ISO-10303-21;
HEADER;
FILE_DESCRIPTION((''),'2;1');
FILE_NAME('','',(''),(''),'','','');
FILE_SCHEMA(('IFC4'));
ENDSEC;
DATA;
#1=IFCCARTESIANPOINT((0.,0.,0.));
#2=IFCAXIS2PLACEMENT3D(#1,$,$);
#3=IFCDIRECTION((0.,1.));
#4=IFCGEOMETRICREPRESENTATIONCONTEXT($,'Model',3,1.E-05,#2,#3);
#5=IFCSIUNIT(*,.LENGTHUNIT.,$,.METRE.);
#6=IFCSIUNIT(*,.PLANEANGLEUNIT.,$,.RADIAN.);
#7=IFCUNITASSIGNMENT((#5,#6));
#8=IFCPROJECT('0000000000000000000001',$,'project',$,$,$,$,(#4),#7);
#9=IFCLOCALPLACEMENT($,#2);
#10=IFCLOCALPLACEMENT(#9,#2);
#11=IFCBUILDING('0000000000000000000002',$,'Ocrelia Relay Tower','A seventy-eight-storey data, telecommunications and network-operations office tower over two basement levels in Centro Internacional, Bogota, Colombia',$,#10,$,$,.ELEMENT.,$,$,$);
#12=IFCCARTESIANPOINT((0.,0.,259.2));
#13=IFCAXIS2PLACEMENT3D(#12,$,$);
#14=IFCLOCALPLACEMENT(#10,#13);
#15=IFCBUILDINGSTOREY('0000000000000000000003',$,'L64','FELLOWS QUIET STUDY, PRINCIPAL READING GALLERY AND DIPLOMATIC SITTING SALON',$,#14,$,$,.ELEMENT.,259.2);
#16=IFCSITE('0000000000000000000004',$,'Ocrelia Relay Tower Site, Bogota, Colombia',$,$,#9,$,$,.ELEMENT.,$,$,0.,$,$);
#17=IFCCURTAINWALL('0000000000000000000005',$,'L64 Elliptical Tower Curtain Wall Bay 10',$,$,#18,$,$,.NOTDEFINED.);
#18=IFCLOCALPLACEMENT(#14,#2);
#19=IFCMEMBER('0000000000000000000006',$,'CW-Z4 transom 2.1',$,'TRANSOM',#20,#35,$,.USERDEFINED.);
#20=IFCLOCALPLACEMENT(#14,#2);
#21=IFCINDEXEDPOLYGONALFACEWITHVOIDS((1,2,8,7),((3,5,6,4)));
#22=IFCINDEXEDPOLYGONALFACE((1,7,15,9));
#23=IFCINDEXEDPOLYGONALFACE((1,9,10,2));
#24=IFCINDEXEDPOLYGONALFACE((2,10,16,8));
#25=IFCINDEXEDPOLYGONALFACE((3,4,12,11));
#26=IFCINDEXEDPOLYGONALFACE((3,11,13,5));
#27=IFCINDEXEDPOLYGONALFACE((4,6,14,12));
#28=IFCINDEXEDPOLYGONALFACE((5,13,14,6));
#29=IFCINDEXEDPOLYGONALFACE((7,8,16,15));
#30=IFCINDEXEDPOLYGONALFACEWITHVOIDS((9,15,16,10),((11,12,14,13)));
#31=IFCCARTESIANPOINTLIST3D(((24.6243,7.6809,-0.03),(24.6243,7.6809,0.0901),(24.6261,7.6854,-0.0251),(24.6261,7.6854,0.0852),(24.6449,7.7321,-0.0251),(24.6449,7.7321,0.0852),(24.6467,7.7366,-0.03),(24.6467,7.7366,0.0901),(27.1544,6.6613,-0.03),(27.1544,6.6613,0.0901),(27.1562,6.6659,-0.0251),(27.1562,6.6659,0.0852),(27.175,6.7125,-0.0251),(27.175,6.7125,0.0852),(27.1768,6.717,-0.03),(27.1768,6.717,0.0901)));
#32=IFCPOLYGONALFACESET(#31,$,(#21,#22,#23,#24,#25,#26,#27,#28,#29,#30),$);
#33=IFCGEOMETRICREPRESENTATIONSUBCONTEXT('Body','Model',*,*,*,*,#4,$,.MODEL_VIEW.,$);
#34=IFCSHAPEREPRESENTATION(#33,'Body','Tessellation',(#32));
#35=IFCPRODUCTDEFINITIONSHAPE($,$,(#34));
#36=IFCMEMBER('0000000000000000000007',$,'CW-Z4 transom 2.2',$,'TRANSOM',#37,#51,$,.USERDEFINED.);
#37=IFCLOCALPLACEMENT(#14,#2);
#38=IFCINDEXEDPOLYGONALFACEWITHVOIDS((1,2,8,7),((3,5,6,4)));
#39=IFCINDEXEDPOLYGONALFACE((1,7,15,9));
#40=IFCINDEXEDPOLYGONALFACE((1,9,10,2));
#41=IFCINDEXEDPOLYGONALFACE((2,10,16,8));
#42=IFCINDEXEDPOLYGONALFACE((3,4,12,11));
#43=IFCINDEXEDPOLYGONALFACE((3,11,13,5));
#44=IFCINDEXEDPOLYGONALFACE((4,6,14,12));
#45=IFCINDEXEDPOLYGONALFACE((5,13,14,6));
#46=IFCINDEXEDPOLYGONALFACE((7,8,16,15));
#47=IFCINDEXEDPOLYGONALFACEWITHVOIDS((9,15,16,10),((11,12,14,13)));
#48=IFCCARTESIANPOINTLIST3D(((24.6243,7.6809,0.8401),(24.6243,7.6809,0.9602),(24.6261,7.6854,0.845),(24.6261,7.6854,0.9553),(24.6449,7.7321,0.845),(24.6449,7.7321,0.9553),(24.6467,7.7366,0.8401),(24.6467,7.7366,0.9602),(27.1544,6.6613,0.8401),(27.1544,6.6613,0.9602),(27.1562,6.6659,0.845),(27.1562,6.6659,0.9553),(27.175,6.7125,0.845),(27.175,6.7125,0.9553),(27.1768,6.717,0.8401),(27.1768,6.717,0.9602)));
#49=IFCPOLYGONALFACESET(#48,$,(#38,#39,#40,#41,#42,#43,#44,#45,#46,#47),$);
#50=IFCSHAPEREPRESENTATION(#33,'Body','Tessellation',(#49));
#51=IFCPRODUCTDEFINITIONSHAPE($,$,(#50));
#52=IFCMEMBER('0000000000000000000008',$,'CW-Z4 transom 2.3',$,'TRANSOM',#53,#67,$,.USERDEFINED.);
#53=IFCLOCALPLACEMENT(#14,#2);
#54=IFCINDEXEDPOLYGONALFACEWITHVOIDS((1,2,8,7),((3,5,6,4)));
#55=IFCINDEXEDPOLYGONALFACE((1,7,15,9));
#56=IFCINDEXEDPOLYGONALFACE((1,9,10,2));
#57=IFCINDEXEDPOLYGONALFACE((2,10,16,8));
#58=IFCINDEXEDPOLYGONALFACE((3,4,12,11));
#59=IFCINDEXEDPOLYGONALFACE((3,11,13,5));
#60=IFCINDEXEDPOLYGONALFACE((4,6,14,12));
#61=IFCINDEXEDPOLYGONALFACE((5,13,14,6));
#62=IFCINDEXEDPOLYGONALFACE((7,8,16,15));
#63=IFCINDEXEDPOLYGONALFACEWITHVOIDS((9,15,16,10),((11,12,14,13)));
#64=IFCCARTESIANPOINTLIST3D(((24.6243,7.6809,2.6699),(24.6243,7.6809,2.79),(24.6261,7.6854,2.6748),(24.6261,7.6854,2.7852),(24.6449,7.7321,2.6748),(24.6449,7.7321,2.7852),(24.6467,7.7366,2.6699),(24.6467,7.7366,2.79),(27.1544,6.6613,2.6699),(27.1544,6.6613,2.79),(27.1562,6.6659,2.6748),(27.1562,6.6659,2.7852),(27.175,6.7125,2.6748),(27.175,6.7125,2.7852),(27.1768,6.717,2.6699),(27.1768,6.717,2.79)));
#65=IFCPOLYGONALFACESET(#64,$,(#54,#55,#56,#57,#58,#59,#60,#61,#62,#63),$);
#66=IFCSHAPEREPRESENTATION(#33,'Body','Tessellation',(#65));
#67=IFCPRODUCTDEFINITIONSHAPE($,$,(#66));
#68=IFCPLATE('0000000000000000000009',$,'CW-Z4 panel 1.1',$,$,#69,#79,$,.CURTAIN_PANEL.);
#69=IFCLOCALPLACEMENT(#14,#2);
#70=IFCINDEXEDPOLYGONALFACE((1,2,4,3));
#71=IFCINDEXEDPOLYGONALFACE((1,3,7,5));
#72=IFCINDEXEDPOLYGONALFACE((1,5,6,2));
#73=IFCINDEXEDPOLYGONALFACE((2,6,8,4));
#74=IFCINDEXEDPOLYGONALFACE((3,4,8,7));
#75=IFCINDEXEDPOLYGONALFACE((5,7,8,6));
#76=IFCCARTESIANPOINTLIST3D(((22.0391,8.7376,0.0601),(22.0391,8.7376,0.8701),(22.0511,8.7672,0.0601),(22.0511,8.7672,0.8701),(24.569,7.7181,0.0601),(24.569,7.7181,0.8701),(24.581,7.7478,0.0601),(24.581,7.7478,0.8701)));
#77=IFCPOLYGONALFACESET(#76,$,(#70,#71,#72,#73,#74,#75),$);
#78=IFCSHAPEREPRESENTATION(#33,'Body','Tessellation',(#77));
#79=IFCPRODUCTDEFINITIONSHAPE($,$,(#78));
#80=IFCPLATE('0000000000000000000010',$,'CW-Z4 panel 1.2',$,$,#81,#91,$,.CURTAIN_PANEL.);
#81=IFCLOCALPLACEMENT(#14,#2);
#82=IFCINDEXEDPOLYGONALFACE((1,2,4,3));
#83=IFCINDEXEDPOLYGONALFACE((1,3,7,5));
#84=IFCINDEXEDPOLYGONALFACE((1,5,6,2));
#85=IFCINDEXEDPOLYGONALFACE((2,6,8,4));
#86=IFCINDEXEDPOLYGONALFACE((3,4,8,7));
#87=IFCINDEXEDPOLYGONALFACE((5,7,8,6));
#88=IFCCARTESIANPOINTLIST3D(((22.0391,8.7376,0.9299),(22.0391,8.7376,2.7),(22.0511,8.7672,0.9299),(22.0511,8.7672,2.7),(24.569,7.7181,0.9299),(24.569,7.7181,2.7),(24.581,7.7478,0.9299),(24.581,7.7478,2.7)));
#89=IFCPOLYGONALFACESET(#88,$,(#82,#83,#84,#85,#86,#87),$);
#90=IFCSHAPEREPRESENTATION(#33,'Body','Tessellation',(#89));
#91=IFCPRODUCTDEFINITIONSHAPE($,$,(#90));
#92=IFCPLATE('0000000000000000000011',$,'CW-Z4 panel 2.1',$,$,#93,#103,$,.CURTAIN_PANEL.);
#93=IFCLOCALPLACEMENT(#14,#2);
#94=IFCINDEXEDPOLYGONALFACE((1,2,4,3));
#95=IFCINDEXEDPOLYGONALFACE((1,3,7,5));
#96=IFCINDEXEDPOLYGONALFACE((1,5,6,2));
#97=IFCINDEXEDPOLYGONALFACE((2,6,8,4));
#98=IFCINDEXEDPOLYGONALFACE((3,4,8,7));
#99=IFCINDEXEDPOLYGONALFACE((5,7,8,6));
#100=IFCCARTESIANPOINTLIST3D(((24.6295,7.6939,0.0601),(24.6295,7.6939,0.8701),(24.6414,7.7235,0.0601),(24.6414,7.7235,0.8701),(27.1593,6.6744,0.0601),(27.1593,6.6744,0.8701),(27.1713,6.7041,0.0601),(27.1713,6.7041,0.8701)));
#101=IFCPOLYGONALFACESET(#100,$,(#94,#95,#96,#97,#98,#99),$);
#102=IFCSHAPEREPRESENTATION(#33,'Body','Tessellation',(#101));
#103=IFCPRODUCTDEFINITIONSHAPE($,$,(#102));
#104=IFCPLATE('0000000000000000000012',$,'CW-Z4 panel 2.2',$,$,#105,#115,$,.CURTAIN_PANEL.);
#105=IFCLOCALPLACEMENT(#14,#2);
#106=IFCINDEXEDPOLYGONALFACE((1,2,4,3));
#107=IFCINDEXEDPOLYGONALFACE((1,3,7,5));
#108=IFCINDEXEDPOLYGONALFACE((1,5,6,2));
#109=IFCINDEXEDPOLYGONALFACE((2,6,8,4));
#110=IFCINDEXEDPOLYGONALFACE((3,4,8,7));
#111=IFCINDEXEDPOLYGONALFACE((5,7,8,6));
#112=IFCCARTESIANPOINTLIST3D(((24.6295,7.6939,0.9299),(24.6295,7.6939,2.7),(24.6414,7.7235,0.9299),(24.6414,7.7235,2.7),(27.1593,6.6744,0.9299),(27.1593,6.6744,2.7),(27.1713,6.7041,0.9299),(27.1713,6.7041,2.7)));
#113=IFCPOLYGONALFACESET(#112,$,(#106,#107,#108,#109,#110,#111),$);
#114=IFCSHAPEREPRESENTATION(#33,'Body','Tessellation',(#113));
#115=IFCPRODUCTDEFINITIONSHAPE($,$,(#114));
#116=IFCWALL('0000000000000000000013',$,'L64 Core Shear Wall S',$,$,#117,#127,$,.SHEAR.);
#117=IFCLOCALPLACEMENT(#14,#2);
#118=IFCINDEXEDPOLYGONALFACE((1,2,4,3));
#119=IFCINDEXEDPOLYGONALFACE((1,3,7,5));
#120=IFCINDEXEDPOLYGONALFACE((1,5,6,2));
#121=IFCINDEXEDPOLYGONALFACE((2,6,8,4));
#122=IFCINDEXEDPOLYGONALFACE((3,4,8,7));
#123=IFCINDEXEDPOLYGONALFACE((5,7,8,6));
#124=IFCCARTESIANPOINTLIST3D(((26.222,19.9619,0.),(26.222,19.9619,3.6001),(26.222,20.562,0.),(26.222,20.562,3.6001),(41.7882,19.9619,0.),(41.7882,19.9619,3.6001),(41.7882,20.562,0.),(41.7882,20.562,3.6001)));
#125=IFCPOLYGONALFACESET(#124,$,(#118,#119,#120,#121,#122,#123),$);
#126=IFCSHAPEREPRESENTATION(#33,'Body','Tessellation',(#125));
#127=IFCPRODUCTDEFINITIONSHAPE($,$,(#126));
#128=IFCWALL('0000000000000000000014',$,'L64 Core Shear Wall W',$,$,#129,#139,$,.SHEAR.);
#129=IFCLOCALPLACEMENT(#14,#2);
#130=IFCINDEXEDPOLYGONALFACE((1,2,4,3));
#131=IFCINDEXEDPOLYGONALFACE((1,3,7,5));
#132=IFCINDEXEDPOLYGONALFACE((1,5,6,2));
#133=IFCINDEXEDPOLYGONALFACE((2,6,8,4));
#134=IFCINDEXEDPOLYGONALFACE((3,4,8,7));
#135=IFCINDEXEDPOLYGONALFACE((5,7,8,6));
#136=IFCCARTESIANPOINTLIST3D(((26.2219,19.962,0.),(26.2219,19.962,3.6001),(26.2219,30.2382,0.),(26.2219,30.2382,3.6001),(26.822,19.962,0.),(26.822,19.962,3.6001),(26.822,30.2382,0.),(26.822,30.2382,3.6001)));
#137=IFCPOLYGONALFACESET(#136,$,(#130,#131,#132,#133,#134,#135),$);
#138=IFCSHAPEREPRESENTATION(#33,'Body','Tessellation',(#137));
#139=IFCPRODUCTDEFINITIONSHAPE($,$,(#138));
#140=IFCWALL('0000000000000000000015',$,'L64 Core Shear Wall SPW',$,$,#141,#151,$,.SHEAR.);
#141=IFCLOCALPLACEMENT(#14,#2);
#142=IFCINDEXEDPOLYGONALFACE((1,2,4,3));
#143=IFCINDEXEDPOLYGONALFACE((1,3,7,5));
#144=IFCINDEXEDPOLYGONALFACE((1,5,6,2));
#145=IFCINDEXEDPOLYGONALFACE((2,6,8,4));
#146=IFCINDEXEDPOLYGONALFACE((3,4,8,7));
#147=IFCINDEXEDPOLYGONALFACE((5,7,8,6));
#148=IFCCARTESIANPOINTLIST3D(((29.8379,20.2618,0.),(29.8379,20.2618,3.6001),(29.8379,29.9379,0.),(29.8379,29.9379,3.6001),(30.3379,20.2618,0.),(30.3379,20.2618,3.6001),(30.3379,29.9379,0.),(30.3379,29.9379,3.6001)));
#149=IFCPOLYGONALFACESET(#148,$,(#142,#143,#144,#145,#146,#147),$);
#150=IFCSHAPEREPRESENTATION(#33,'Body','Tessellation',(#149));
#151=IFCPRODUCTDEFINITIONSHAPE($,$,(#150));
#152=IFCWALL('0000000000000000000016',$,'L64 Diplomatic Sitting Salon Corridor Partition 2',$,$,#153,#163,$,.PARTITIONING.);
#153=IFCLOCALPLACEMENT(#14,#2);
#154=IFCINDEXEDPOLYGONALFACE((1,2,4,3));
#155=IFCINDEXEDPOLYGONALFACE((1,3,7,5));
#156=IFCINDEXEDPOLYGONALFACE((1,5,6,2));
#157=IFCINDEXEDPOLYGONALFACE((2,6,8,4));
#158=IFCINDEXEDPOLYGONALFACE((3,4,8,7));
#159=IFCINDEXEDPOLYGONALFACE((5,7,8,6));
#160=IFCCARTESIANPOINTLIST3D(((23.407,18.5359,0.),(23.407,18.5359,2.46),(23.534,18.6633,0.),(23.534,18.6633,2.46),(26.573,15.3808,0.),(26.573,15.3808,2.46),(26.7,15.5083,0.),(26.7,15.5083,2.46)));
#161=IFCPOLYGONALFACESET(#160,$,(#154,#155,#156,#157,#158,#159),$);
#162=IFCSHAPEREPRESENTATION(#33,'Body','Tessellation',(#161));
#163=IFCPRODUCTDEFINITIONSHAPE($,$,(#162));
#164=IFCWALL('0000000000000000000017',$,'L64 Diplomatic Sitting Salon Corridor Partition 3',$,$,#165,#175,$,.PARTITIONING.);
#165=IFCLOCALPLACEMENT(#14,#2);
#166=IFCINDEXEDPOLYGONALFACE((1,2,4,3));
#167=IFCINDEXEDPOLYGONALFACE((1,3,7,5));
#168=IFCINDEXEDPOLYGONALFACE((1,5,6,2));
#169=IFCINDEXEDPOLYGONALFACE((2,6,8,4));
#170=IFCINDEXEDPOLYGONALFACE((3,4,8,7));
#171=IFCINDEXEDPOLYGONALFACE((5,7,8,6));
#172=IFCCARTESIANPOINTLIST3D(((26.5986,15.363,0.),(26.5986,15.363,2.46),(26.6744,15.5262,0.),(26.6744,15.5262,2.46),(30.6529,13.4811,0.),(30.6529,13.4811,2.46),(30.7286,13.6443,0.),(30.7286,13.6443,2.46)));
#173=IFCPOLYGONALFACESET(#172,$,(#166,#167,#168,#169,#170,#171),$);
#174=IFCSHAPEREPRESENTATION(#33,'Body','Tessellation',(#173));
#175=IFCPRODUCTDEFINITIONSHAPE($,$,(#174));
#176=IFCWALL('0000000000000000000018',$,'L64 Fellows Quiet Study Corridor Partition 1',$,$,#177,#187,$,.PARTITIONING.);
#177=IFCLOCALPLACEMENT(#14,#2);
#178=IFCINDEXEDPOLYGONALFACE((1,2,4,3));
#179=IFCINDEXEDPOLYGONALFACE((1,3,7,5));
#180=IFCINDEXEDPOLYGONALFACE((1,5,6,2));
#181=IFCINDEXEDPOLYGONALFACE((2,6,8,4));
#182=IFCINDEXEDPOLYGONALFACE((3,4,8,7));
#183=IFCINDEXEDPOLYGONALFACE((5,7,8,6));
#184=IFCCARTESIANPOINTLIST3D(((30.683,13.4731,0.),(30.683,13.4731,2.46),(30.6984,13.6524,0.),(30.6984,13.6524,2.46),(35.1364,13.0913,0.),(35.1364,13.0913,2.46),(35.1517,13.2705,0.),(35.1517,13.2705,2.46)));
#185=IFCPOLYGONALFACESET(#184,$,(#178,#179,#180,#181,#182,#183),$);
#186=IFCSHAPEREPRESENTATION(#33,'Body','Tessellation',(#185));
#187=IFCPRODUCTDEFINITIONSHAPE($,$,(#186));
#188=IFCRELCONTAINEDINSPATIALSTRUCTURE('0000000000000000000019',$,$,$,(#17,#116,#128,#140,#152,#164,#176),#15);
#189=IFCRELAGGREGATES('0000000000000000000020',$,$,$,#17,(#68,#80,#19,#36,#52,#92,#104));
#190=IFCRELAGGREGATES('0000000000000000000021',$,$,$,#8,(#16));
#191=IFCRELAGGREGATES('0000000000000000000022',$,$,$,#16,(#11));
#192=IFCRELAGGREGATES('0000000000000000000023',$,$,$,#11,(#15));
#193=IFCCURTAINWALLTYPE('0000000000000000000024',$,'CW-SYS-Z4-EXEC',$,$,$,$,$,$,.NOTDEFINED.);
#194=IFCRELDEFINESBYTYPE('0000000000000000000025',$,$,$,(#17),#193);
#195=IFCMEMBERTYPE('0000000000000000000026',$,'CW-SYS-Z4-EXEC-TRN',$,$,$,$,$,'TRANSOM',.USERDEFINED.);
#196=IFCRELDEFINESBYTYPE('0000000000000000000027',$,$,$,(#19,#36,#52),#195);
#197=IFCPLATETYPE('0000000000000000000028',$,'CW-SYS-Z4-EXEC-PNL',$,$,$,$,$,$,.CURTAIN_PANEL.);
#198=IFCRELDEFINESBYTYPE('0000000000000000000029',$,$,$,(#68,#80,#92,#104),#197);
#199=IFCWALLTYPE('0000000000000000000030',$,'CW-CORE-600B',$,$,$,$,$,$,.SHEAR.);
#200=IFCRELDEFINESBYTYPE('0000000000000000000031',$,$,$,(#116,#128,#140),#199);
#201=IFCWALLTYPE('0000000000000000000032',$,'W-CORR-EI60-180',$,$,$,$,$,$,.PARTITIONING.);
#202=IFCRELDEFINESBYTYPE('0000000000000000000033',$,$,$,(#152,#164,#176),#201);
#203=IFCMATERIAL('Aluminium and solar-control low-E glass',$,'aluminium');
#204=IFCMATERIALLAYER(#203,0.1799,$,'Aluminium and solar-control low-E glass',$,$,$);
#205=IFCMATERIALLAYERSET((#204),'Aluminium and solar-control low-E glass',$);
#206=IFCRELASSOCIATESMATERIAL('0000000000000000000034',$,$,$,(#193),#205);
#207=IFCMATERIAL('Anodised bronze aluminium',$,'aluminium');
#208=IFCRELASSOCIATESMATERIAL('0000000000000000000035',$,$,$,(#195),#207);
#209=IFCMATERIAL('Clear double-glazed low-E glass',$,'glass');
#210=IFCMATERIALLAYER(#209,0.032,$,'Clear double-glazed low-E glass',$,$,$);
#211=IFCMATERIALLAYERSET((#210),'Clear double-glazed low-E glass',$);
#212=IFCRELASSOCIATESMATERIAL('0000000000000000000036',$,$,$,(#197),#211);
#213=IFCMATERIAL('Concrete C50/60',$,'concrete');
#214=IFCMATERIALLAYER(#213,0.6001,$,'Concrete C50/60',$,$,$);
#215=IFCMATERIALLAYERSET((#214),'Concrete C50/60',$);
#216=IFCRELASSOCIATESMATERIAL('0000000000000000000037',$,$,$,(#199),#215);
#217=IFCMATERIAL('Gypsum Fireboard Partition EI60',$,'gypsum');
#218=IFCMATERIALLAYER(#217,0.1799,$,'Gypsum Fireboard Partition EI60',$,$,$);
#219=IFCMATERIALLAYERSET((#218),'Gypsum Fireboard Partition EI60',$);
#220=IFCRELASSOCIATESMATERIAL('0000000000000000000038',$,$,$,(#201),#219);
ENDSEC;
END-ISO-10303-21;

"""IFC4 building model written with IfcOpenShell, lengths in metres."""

from ifc_helpers import new_model, si_unit, direction, frame, frame_2d, origin, origin_2d, place, context, subcontext, project, spatial, rectangle, hollow_rectangle, extrude, material, layer, layer_set, material_profile, profile_set, type_object, element, aggregate, save


model = new_model("IFC4")

# Units and contexts
model_context = context("Model", 3, precision=1e-05, world=origin(), true_north=direction((0.0, 1.0)))
body_context = subcontext(model_context, "Body", "Model", "MODEL_VIEW")
ifc_project = project(units=[si_unit("LENGTHUNIT", "METRE"), si_unit("PLANEANGLEUNIT", "RADIAN")], contexts=[model_context])

# Site, building, storey
site_placement = place(None, origin())
site = spatial("IfcSite", under=ifc_project, at=site_placement, Name="Ocrelia Relay Tower Site, Bogota, Colombia", CompositionType="ELEMENT", RefElevation=0.0)
building_placement = place(site_placement, origin())
building = spatial("IfcBuilding", under=site, at=building_placement, Name="Ocrelia Relay Tower", Description="A seventy-eight-storey data, telecommunications and network-operations office tower over two basement levels in Centro Internacional, Bogota, Colombia", CompositionType="ELEMENT")
storey_placement = place(building_placement, frame((0.0, 0.0, 259.2)))
storey = spatial("IfcBuildingStorey", under=building, at=storey_placement, Name="L64", Description="FELLOWS QUIET STUDY, PRINCIPAL READING GALLERY AND DIPLOMATIC SITTING SALON", CompositionType="ELEMENT", Elevation=259.2)

# Shared definitions
ifc_material_1 = material(Name="Concrete C50/60", Category="concrete")

# Curtain wall, members, plates
ifc_material_2 = material(Name="Aluminium and solar-control low-E glass", Category="aluminium")
ifc_layer_1 = layer(ifc_material_2, 0.1799, Name="Aluminium and solar-control low-E glass")
ifc_layer_set_1 = layer_set([ifc_layer_1], Name="Aluminium and solar-control low-E glass")
curtain_wall_type = type_object("IfcCurtainWallType", Name="CW-SYS-Z4-EXEC", PredefinedType="NOTDEFINED", material=ifc_layer_set_1)
curtain_wall_placement = place(storey_placement, origin())
curtain_wall = element("IfcCurtainWall", 1, at=curtain_wall_placement, inside=storey, type_object=curtain_wall_type, Name="L64 Elliptical Tower Curtain Wall Bay 10", PredefinedType="NOTDEFINED")
ifc_material_3 = material(Name="Anodised bronze aluminium", Category="aluminium")
ifc_material_profile_1 = material_profile(ifc_material_3, hollow_rectangle(XDim=0.0601, YDim=0.1201, WallThickness=0.0049, at=origin_2d()), Name="CW-TRN-120x60")
ifc_profile_set_1 = profile_set([ifc_material_profile_1], Name="Anodised bronze aluminium")
member_type_1 = type_object("IfcMemberType", Name="CW-SYS-Z4-EXEC-TRN", ElementType="TRANSOM", PredefinedType="USERDEFINED", material=ifc_profile_set_1)
member_1_placement = place(storey_placement, frame((24.6355, 7.7087, 0.03), z_axis=(0.927523, -0.373766, 0.0), x_axis=(0.373766, 0.927523, 0.0)))
member_1 = element("IfcMember", 2, at=member_1_placement, type_object=member_type_1, Name="CW-Z4 transom 2.1", ObjectType="TRANSOM", PredefinedType="USERDEFINED", context=body_context, shape_type="SweptSolid", body=[
    extrude(hollow_rectangle(XDim=0.0601, YDim=0.1201, WallThickness=0.0049, at=origin_2d()), origin(), (0.0, 0.0, 1.0), 2.7278),
])
member_2_placement = place(storey_placement, frame((24.6355, 7.7087, 0.9001), z_axis=(0.927523, -0.373766, 0.0), x_axis=(0.373766, 0.927523, 0.0)))
member_2 = element("IfcMember", 3, at=member_2_placement, type_object=member_type_1, Name="CW-Z4 transom 2.2", ObjectType="TRANSOM", PredefinedType="USERDEFINED", context=body_context, shape_type="SweptSolid", body=[
    extrude(hollow_rectangle(XDim=0.0601, YDim=0.1201, WallThickness=0.0049, at=origin_2d()), origin(), (0.0, 0.0, 1.0), 2.7278),
])
member_3_placement = place(storey_placement, frame((24.6355, 7.7087, 2.73), z_axis=(0.927523, -0.373766, 0.0), x_axis=(0.373766, 0.927523, 0.0)))
member_3 = element("IfcMember", 4, at=member_3_placement, type_object=member_type_1, Name="CW-Z4 transom 2.3", ObjectType="TRANSOM", PredefinedType="USERDEFINED", context=body_context, shape_type="SweptSolid", body=[
    extrude(hollow_rectangle(XDim=0.0601, YDim=0.1201, WallThickness=0.0049, at=origin_2d()), origin(), (0.0, 0.0, 1.0), 2.7278),
])
ifc_material_4 = material(Name="Clear double-glazed low-E glass", Category="glass")
ifc_layer_2 = layer(ifc_material_4, 0.032, Name="Clear double-glazed low-E glass")
ifc_layer_set_2 = layer_set([ifc_layer_2], Name="Clear double-glazed low-E glass")
plate_type = type_object("IfcPlateType", Name="CW-SYS-Z4-EXEC-PNL", PredefinedType="CURTAIN_PANEL", material=ifc_layer_set_2)
plate_1_placement = place(storey_placement, frame((23.3101, 8.2427, 0.0601), z_axis=(0.0, 0.0, 1.0), x_axis=(0.927529, -0.373751, 0.0)))
plate_1 = element("IfcPlate", 5, at=plate_1_placement, type_object=plate_type, Name="CW-Z4 panel 1.1", PredefinedType="CURTAIN_PANEL", context=body_context, shape_type="SweptSolid", body=[
    extrude(rectangle(XDim=2.7275, YDim=0.032, at=origin_2d()), origin(), (0.0, 0.0, 1.0), 0.8101),
])
plate_2_placement = place(storey_placement, frame((23.3101, 8.2427, 0.9299), z_axis=(0.0, 0.0, 1.0), x_axis=(0.927529, -0.373751, 0.0)))
plate_2 = element("IfcPlate", 6, at=plate_2_placement, type_object=plate_type, Name="CW-Z4 panel 1.2", PredefinedType="CURTAIN_PANEL", context=body_context, shape_type="SweptSolid", body=[
    extrude(rectangle(XDim=2.7275, YDim=0.032, at=origin_2d()), origin(), (0.0, 0.0, 1.0), 1.77),
])
plate_3_placement = place(storey_placement, frame((25.9004, 7.199, 0.0601), z_axis=(0.0, 0.0, 1.0), x_axis=(0.927529, -0.373751, 0.0)))
plate_3 = element("IfcPlate", 7, at=plate_3_placement, type_object=plate_type, Name="CW-Z4 panel 2.1", PredefinedType="CURTAIN_PANEL", context=body_context, shape_type="SweptSolid", body=[
    extrude(rectangle(XDim=2.7275, YDim=0.032, at=origin_2d()), origin(), (0.0, 0.0, 1.0), 0.8101),
])
plate_4_placement = place(storey_placement, frame((25.9004, 7.199, 0.9299), z_axis=(0.0, 0.0, 1.0), x_axis=(0.927529, -0.373751, 0.0)))
plate_4 = element("IfcPlate", 8, at=plate_4_placement, type_object=plate_type, Name="CW-Z4 panel 2.2", PredefinedType="CURTAIN_PANEL", context=body_context, shape_type="SweptSolid", body=[
    extrude(rectangle(XDim=2.7275, YDim=0.032, at=origin_2d()), origin(), (0.0, 0.0, 1.0), 1.77),
])
aggregate(curtain_wall, [plate_1, plate_2, member_1, member_2, member_3, plate_3, plate_4])

# Walls
ifc_layer_3 = layer(ifc_material_1, 0.6001, Name="Concrete C50/60")
ifc_layer_set_3 = layer_set([ifc_layer_3], Name="Concrete C50/60")
wall_type_1 = type_object("IfcWallType", Name="CW-CORE-600B", PredefinedType="SHEAR", material=ifc_layer_set_3)
wall_1_placement = place(storey_placement, frame((26.2219, 20.262, 0.0), z_axis=(0.0, 0.0, 1.0), x_axis=(1.0, 0.0, 0.0)))
element("IfcWall", 9, at=wall_1_placement, inside=storey, type_object=wall_type_1, Name="L64 Core Shear Wall S", PredefinedType="SHEAR", context=body_context, shape_type="SweptSolid", body=[
    extrude(rectangle(XDim=15.5662, YDim=0.6001, at=frame_2d((7.7832, 0.0))), origin(), (0.0, 0.0, 1.0), 3.6001),
])
wall_2_placement = place(storey_placement, frame((26.522, 19.9619, 0.0), z_axis=(0.0, 0.0, 1.0), x_axis=(0.0, 1.0, 0.0)))
element("IfcWall", 10, at=wall_2_placement, inside=storey, type_object=wall_type_1, Name="L64 Core Shear Wall W", PredefinedType="SHEAR", context=body_context, shape_type="SweptSolid", body=[
    extrude(rectangle(XDim=10.2761, YDim=0.6001, at=frame_2d((5.1382, 0.0))), origin(), (0.0, 0.0, 1.0), 3.6001),
])
wall_3_placement = place(storey_placement, frame((30.0879, 20.262, 0.0), z_axis=(0.0, 0.0, 1.0), x_axis=(0.0, 1.0, 0.0)))
element("IfcWall", 11, at=wall_3_placement, inside=storey, type_object=wall_type_1, Name="L64 Core Shear Wall SPW", PredefinedType="SHEAR", context=body_context, shape_type="SweptSolid", body=[
    extrude(rectangle(XDim=9.676, YDim=0.5, at=frame_2d((4.8379, 0.0))), origin(), (0.0, 0.0, 1.0), 3.6001),
])
ifc_material_5 = material(Name="Gypsum Fireboard Partition EI60", Category="gypsum")
ifc_layer_4 = layer(ifc_material_5, 0.1799, Name="Gypsum Fireboard Partition EI60")
ifc_layer_set_4 = layer_set([ifc_layer_4], Name="Gypsum Fireboard Partition EI60")
wall_type_2 = type_object("IfcWallType", Name="W-CORR-EI60-180", PredefinedType="PARTITIONING", material=ifc_layer_set_4)
for number, where, z_axis, x_axis, name in (
    (12, (23.4705, 18.5996, 0.0), (0.0, 0.0, 1.0), (0.708335, -0.705877, 0.0), "L64 Diplomatic Sitting Salon Corridor Partition 2"),
    (13, (26.6365, 15.4446, 0.0), (0.0, 0.0, 1.0), (0.907049, -0.421025, 0.0), "L64 Diplomatic Sitting Salon Corridor Partition 3"),
    (14, (30.6907, 13.5627, 0.0), (0.0, 0.0, 1.0), (0.996344, -0.085427, 0.0), "L64 Fellows Quiet Study Corridor Partition 1"),
):
    element("IfcWall", number, at=place(storey_placement, frame(where, z_axis=z_axis, x_axis=x_axis)), inside=storey, type_object=wall_type_2, Name=name, PredefinedType="PARTITIONING", context=body_context, shape_type="SweptSolid", body=[
        extrude(rectangle(XDim=4.4697, YDim=0.1799, at=frame_2d((2.2349, 0.0))), origin(), (0.0, 0.0, 1.0), 2.46),
    ])

save(model, "model.ifc")
